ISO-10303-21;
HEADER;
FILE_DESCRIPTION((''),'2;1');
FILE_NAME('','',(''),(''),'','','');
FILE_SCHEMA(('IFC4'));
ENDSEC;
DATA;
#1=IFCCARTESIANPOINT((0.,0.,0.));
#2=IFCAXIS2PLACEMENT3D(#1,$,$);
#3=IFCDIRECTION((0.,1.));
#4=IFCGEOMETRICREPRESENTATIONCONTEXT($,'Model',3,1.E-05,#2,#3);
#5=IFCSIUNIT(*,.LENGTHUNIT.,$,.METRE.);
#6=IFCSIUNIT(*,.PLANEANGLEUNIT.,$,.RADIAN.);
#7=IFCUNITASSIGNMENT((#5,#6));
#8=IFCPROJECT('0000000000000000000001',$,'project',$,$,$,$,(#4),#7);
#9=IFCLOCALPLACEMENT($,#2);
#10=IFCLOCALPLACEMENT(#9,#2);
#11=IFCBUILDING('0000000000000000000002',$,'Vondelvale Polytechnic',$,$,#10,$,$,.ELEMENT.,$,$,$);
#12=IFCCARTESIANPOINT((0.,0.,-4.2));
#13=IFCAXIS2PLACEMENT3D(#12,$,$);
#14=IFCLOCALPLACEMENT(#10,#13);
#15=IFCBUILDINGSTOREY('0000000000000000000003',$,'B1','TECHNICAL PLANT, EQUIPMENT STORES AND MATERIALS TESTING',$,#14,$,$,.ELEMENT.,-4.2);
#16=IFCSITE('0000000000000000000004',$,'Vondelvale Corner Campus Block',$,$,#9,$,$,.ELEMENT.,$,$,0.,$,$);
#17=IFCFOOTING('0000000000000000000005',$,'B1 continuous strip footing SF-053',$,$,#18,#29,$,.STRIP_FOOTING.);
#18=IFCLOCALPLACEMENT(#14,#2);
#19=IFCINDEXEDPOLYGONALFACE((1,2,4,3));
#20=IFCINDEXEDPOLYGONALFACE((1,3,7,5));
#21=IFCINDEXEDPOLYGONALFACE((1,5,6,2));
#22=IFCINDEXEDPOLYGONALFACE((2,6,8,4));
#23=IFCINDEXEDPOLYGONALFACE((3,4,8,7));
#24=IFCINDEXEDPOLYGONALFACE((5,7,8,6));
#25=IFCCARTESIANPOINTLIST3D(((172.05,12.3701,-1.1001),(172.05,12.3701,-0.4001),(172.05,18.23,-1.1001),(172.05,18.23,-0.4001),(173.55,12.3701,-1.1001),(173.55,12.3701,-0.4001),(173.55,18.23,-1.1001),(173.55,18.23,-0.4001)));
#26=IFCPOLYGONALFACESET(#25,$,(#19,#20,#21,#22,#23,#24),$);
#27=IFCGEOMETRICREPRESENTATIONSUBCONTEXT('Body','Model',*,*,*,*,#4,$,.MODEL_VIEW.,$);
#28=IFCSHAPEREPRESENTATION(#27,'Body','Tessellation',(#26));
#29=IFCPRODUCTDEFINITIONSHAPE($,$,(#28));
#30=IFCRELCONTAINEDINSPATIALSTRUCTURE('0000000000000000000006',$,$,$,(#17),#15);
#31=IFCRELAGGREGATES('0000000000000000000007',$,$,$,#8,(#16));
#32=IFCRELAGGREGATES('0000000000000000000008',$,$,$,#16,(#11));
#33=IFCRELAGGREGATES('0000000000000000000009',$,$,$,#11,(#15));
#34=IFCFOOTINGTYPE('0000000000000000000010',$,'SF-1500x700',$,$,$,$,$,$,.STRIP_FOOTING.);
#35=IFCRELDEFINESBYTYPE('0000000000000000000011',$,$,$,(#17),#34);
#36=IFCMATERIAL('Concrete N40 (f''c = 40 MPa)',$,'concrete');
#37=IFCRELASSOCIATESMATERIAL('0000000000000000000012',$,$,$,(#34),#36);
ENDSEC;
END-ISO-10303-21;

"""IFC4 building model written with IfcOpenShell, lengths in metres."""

from ifc_helpers import new_model, si_unit, direction, frame, origin, place, context, subcontext, project, spatial, polyline, outline, extrude, material, type_object, element, save


model = new_model("IFC4")

# Units and contexts
model_context = context("Model", 3, precision=1e-05, world=origin(), true_north=direction((0.0, 1.0)))
body_context = subcontext(model_context, "Body", "Model", "MODEL_VIEW")
ifc_project = project(units=[si_unit("LENGTHUNIT", "METRE"), si_unit("PLANEANGLEUNIT", "RADIAN")], contexts=[model_context])

# Site, building, storey
site_placement = place(None, origin())
site = spatial("IfcSite", under=ifc_project, at=site_placement, Name="Vondelvale Corner Campus Block", CompositionType="ELEMENT", RefElevation=0.0)
building_placement = place(site_placement, origin())
building = spatial("IfcBuilding", under=site, at=building_placement, Name="Vondelvale Polytechnic", CompositionType="ELEMENT")
storey_placement = place(building_placement, frame((0.0, 0.0, -4.2)))
storey = spatial("IfcBuildingStorey", under=building, at=storey_placement, Name="B1", Description="TECHNICAL PLANT, EQUIPMENT STORES AND MATERIALS TESTING", CompositionType="ELEMENT", Elevation=-4.2)

# Footing
ifc_material = material(Name="Concrete N40 (f'c = 40 MPa)", Category="concrete")
footing_type_1 = type_object("IfcFootingType", Name="SF-1500x700", PredefinedType="STRIP_FOOTING", material=ifc_material)
footing_1_placement = place(storey_placement, frame((0.0, 0.0, -1.1001)))
element("IfcFooting", 1, at=footing_1_placement, inside=storey, type_object=footing_type_1, Name="B1 continuous strip footing SF-053", PredefinedType="STRIP_FOOTING", context=body_context, shape_type="SweptSolid", body=[
    extrude(outline(polyline([(173.55, 12.3701), (172.05, 12.3701), (172.05, 18.23), (173.55, 18.23), (173.55, 12.3701)])), origin(), (0.0, 0.0, 1.0), 0.7),
])

save(model, "model.ifc")
